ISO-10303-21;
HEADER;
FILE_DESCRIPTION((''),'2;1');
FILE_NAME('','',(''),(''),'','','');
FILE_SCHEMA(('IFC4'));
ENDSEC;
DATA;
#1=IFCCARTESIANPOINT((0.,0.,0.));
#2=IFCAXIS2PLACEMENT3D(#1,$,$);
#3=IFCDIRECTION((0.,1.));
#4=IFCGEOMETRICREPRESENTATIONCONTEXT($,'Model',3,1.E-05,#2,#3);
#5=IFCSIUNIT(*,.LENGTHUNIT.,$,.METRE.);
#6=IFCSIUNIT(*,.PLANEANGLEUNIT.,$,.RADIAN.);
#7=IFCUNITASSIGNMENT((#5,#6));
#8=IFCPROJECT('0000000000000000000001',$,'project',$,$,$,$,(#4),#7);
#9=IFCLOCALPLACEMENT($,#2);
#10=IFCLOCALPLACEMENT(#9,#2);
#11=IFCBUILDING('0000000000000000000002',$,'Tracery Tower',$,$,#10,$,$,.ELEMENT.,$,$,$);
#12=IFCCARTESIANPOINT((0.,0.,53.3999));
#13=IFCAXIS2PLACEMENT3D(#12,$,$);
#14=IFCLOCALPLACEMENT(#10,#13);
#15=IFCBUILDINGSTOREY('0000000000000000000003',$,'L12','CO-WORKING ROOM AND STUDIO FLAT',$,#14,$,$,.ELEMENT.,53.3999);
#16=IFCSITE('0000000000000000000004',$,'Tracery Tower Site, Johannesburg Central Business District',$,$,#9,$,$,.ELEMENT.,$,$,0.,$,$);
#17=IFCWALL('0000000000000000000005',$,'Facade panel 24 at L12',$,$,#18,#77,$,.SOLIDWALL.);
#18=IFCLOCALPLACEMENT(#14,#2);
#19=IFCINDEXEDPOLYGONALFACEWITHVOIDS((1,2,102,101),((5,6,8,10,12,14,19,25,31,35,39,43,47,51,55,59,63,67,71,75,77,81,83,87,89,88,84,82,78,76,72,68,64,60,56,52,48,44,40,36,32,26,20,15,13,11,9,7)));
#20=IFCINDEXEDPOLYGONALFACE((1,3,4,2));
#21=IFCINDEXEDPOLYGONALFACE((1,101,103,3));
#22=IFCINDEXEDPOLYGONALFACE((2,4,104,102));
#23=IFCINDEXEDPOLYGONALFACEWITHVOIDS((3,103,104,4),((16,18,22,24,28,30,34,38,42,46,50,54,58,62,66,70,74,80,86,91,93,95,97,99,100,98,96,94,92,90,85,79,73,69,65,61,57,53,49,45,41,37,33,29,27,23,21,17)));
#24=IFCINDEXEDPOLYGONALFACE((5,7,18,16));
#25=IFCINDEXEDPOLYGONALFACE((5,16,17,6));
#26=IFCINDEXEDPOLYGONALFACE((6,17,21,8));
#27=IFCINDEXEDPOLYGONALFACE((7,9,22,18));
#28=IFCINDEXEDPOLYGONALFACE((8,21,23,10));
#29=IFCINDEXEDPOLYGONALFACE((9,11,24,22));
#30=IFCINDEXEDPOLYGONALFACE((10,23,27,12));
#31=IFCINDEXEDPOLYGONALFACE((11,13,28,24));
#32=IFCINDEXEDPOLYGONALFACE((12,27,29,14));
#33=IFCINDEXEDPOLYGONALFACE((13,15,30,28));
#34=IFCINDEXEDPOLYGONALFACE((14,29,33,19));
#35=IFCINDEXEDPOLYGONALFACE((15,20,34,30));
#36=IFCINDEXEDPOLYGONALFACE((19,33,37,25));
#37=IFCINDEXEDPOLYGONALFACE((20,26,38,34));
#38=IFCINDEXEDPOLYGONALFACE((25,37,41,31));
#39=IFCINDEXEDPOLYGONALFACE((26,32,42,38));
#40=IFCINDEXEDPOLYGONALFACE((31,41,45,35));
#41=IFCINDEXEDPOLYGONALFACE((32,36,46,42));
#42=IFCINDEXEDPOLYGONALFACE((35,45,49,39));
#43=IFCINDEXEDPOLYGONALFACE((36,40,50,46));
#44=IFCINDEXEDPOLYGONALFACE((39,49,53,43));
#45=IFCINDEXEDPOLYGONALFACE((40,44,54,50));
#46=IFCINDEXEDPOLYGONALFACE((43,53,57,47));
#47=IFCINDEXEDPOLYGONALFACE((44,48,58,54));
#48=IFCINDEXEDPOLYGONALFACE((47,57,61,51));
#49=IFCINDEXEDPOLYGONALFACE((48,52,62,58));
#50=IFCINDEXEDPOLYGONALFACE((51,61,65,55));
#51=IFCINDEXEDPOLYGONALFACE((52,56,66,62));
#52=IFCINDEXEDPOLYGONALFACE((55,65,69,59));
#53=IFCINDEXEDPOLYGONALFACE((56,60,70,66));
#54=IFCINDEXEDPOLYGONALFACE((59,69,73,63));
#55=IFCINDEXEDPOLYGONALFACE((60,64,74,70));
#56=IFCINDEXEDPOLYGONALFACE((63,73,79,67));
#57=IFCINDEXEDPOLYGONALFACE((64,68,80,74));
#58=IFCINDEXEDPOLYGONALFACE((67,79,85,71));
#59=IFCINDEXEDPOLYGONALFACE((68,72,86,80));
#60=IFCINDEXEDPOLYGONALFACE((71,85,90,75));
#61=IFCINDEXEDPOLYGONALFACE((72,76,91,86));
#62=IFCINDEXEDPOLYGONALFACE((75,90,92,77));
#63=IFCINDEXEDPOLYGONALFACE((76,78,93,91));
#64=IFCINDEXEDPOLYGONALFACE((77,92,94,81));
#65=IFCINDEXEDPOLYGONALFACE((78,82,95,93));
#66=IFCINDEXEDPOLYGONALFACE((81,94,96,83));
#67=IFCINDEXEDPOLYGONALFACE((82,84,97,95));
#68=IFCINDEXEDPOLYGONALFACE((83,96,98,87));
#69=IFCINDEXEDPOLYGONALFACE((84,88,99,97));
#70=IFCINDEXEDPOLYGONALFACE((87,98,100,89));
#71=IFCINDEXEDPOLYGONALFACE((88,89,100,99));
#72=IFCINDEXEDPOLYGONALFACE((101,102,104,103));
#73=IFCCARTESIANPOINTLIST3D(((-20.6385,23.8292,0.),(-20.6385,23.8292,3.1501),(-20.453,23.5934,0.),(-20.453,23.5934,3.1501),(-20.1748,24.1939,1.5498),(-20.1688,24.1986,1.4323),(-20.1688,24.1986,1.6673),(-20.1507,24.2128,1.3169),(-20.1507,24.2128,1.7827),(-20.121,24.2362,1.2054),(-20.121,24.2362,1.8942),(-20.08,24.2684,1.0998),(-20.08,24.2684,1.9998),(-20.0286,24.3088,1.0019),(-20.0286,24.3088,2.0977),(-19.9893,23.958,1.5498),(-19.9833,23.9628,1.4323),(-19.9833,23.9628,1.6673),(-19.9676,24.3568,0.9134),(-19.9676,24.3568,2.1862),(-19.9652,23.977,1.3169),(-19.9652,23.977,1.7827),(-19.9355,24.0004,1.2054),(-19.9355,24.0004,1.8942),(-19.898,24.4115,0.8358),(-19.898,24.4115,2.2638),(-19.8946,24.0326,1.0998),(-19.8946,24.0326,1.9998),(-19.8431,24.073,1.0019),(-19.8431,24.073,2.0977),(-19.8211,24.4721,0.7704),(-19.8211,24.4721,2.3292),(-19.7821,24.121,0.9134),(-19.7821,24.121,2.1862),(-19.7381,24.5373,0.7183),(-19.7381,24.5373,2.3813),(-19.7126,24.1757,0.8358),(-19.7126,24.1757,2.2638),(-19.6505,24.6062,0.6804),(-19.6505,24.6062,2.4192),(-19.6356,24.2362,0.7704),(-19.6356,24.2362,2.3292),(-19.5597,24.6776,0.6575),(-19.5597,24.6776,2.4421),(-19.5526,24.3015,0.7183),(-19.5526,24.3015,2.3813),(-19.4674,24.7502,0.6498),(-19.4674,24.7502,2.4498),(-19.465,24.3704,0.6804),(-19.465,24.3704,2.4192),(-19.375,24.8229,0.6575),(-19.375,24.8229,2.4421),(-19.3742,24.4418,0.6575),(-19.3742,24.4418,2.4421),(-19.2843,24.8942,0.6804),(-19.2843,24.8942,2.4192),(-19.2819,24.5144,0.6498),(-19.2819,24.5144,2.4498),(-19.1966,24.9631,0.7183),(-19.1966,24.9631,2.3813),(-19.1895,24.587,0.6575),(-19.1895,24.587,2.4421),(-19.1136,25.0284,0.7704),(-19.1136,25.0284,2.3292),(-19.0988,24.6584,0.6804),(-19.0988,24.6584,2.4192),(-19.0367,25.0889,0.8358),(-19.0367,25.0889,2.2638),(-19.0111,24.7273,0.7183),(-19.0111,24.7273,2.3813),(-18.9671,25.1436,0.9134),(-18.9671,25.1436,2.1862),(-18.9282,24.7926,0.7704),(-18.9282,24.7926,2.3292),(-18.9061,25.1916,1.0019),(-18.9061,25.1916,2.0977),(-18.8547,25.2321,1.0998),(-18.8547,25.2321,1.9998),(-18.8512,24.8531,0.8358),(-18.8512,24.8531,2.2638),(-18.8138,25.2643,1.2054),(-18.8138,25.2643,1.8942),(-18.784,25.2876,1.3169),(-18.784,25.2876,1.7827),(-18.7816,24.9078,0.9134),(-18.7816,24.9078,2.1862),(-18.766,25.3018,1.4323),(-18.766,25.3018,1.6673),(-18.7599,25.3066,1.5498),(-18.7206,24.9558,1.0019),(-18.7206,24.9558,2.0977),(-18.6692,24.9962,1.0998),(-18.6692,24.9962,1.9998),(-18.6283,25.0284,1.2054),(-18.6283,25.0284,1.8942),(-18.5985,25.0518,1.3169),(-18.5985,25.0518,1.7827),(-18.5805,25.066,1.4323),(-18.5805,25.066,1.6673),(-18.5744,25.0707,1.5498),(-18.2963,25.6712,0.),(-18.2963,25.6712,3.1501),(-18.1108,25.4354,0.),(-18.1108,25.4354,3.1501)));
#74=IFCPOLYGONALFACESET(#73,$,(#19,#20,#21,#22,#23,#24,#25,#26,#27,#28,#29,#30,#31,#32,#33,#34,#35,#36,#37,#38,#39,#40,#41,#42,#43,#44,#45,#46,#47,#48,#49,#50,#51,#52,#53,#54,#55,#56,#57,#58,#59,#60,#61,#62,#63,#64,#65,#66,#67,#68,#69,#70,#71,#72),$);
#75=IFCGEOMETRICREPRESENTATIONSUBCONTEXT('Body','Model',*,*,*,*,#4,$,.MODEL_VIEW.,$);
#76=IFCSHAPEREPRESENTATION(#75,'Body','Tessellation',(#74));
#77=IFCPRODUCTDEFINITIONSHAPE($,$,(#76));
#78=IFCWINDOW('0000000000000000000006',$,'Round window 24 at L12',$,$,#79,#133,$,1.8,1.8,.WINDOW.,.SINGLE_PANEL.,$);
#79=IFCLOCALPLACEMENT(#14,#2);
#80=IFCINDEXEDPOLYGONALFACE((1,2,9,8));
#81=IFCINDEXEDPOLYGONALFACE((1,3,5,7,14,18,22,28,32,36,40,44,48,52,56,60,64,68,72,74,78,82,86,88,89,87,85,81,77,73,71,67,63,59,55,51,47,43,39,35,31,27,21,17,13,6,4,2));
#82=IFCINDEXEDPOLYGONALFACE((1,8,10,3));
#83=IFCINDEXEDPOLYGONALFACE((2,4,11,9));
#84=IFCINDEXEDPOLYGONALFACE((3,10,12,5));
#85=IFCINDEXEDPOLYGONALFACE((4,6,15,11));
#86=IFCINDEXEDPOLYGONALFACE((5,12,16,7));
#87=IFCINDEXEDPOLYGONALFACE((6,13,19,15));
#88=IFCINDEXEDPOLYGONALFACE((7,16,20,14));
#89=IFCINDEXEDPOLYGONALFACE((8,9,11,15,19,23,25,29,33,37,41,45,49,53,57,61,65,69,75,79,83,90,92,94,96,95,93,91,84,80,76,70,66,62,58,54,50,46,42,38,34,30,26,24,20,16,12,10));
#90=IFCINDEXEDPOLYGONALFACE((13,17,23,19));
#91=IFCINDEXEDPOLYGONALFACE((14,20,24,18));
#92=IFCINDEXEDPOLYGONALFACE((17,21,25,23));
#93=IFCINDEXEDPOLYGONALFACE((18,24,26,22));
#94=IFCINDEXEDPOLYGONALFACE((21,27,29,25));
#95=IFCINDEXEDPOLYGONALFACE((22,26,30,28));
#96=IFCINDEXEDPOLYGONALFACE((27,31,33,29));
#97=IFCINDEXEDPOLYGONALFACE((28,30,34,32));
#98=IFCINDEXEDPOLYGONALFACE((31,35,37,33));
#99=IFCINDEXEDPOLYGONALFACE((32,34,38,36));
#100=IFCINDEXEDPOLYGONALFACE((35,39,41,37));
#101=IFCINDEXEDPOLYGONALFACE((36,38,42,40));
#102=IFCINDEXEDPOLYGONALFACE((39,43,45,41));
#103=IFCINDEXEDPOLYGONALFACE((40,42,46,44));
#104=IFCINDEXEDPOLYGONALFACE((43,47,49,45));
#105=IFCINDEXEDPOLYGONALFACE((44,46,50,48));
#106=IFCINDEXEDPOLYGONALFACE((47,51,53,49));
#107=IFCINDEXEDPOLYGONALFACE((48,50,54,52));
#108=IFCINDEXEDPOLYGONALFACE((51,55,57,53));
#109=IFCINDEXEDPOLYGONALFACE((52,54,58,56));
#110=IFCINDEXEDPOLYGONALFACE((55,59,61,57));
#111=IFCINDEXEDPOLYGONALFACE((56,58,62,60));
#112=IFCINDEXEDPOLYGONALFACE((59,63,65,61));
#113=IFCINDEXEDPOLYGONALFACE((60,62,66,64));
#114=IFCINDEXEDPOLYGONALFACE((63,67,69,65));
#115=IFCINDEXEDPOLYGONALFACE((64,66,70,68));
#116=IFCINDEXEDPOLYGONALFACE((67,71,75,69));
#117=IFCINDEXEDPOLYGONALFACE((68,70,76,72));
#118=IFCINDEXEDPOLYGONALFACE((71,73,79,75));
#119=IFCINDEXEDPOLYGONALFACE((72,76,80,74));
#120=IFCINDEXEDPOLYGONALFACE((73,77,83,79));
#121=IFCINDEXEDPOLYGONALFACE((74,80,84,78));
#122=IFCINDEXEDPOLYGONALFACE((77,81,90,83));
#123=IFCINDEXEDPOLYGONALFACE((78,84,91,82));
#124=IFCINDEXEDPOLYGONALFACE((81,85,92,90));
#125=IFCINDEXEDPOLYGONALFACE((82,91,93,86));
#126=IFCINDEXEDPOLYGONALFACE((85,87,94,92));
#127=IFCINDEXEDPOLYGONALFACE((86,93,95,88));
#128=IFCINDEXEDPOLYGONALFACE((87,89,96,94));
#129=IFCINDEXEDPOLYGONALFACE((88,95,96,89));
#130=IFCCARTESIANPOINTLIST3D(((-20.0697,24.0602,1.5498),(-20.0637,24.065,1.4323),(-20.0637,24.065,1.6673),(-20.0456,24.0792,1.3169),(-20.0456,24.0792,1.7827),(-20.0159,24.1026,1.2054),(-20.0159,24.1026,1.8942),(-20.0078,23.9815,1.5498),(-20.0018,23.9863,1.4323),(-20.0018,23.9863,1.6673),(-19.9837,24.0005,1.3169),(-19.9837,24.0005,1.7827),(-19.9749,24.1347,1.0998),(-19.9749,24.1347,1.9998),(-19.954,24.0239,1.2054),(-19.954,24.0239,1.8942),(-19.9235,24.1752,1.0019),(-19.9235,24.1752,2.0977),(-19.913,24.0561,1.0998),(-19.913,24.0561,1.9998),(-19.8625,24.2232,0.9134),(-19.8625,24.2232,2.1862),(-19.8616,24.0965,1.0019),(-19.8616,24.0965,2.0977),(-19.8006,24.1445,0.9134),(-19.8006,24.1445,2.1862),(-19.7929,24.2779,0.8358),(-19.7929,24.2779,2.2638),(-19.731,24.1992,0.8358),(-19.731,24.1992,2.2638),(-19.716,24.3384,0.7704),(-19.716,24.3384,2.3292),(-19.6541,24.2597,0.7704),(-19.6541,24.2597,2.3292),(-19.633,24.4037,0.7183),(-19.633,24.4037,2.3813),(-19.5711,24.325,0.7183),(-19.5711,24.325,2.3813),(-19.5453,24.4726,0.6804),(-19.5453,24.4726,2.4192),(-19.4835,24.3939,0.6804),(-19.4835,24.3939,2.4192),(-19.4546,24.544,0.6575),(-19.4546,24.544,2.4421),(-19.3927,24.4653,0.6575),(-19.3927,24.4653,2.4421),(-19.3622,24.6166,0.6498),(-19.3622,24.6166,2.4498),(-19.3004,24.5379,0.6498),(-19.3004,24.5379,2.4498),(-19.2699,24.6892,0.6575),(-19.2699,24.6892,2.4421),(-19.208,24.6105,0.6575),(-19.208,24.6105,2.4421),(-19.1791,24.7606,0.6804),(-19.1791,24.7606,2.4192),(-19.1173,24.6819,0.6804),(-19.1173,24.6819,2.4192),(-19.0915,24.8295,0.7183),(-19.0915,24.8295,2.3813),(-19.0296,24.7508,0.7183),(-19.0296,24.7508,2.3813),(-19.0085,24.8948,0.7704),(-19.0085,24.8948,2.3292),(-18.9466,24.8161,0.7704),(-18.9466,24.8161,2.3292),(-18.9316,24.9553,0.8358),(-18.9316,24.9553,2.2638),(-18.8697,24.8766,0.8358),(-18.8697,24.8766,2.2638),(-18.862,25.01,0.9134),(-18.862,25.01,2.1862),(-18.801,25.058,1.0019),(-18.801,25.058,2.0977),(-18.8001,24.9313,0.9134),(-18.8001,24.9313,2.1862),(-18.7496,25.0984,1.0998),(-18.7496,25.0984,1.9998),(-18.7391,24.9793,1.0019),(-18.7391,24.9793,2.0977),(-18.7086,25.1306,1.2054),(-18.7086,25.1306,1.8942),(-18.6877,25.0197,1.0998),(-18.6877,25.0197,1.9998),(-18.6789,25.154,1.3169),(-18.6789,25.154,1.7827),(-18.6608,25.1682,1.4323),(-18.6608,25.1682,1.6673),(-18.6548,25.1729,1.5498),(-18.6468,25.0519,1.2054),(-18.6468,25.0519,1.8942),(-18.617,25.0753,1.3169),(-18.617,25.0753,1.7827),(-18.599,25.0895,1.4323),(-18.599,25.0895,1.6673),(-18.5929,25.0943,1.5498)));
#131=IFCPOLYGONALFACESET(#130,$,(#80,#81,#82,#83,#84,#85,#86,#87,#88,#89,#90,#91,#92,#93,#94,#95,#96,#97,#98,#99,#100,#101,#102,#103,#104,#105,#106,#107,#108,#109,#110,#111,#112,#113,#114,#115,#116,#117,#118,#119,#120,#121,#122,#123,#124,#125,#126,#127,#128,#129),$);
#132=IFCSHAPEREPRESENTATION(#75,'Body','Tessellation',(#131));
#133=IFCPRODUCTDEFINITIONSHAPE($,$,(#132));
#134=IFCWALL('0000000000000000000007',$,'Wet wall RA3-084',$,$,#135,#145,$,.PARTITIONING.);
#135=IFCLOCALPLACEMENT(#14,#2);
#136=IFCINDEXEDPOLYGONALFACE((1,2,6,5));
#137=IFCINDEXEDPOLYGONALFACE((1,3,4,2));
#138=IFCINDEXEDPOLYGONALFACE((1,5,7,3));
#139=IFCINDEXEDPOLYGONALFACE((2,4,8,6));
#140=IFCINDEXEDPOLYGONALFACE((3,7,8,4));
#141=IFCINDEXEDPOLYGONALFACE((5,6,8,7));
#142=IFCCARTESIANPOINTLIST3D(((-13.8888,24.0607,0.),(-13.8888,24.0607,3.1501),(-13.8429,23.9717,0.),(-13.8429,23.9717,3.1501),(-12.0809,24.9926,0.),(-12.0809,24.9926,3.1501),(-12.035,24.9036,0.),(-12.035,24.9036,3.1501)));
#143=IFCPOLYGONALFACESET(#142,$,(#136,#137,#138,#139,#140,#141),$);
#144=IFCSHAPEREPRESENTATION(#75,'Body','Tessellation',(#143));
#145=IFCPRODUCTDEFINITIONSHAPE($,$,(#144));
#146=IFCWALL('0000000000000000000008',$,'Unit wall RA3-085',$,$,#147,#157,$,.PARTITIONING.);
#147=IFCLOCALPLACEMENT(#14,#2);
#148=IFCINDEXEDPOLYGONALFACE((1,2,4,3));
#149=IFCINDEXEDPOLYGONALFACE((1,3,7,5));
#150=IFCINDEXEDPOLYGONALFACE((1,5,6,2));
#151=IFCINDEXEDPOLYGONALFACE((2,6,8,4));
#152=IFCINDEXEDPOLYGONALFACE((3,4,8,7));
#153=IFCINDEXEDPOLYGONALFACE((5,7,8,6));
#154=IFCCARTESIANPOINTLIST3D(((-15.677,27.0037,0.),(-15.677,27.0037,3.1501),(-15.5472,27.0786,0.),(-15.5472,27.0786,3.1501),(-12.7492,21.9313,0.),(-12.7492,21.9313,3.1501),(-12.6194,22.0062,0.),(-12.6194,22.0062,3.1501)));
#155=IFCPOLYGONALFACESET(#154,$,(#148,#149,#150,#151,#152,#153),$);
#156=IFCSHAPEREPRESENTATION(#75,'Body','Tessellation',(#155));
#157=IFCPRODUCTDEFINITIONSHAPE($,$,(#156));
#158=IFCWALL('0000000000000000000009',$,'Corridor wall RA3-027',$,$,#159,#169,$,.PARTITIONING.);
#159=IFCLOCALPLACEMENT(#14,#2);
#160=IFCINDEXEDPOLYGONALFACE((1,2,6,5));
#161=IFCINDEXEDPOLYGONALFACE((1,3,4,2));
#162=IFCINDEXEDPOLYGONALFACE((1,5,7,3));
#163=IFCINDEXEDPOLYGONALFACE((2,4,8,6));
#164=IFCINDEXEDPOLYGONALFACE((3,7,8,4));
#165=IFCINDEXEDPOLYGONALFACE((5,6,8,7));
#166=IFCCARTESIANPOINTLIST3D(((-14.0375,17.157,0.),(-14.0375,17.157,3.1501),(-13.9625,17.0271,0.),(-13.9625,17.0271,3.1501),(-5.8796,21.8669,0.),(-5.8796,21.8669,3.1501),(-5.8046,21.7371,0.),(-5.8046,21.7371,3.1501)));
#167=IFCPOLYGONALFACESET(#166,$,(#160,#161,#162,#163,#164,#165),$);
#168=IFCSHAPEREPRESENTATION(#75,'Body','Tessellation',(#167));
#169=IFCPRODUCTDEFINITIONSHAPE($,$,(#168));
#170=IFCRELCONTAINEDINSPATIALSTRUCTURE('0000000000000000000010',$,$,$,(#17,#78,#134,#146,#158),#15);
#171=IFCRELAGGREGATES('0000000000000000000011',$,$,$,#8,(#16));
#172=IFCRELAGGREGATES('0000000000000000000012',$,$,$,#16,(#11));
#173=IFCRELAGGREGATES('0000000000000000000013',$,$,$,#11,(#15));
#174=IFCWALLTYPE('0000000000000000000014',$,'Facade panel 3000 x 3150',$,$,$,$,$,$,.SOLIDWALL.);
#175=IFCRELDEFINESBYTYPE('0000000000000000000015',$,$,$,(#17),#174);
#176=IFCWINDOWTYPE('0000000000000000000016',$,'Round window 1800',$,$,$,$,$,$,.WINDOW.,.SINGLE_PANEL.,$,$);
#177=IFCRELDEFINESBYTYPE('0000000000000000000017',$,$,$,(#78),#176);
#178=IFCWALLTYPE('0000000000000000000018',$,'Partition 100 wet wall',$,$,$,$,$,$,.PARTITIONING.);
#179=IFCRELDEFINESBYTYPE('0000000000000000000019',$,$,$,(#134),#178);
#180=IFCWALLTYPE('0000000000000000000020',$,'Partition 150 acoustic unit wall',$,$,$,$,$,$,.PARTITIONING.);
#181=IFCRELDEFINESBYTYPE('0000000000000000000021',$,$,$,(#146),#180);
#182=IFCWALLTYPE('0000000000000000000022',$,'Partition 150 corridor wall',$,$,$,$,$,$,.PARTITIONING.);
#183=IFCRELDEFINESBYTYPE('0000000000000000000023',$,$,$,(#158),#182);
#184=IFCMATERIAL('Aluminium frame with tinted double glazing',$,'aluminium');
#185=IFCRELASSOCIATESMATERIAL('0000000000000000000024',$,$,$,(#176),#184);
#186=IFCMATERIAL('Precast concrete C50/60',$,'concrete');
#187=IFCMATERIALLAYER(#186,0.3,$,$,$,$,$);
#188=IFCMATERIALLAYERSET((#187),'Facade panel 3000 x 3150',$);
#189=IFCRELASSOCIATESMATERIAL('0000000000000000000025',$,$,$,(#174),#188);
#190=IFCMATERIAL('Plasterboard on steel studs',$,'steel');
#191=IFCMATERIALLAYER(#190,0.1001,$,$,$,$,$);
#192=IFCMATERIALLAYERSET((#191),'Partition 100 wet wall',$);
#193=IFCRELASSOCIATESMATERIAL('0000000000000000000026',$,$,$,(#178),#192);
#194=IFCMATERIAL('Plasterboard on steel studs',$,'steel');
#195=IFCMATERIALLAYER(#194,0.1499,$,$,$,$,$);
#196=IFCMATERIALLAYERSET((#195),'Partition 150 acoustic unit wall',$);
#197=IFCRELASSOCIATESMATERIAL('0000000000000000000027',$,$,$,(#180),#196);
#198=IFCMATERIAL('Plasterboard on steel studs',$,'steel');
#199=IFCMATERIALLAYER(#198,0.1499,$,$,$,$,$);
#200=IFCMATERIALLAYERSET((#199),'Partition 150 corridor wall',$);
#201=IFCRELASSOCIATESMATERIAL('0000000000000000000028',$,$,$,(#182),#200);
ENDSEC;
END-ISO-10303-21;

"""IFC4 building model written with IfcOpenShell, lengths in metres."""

from ifc_helpers import new_model, si_unit, direction, frame, frame_2d, origin, origin_2d, place, context, subcontext, project, spatial, rectangle, circle, extrude, material, layer, layer_set, type_object, element, fill, save


model = new_model("IFC4")

# Units and contexts
model_context = context("Model", 3, precision=1e-05, world=origin(), true_north=direction((0.0, 1.0)))
body_context = subcontext(model_context, "Body", "Model", "MODEL_VIEW")
ifc_project = project(units=[si_unit("LENGTHUNIT", "METRE"), si_unit("PLANEANGLEUNIT", "RADIAN")], contexts=[model_context])

# Site, building, storey
site_placement = place(None, origin())
site = spatial("IfcSite", under=ifc_project, at=site_placement, Name="Tracery Tower Site, Johannesburg Central Business District", CompositionType="ELEMENT", RefElevation=0.0)
building_placement = place(site_placement, origin())
building = spatial("IfcBuilding", under=site, at=building_placement, Name="Tracery Tower", CompositionType="ELEMENT")
storey_placement = place(building_placement, frame((0.0, 0.0, 53.3999)))
storey = spatial("IfcBuildingStorey", under=building, at=storey_placement, Name="L12", Description="CO-WORKING ROOM AND STUDIO FLAT", CompositionType="ELEMENT", Elevation=53.3999)

# Wall, opening, window
ifc_material_1 = material(Name="Aluminium frame with tinted double glazing", Category="aluminium")
window_type = type_object("IfcWindowType", Name="Round window 1800", PartitioningType="SINGLE_PANEL", PredefinedType="WINDOW", material=ifc_material_1)
ifc_material_2 = material(Name="Precast concrete C50/60", Category="concrete")
ifc_layer_1 = layer(ifc_material_2, 0.3)
ifc_layer_set_1 = layer_set([ifc_layer_1], Name="Facade panel 3000 x 3150")
wall_type_1 = type_object("IfcWallType", Name="Facade panel 3000 x 3150", PredefinedType="SOLIDWALL", material=ifc_layer_set_1)
wall_1_placement = place(storey_placement, frame((-18.2036, 25.5532, 0.0), z_axis=(0.0, 0.0, 1.0), x_axis=(-0.786045, -0.618169, 0.0)))
wall_1 = element("IfcWall", 1, at=wall_1_placement, inside=storey, type_object=wall_type_1, Name="Facade panel 24 at L12", PredefinedType="SOLIDWALL", context=body_context, shape_type="SweptSolid", body=[
    extrude(rectangle(XDim=2.9797, YDim=0.3, at=frame_2d((1.4897, 0.0))), origin(), (0.0, 0.0, 1.0), 3.1501),
])
opening_1_placement = place(wall_1_placement, frame((1.4897, 0.0, 1.5498)))
opening_1 = element("IfcOpeningElement", 2, at=opening_1_placement, cuts=wall_1, PredefinedType="OPENING", context=body_context, shape_type="SweptSolid", body=[
    extrude(circle(Radius=0.9, at=origin_2d()), frame((0.0, 0.1599, 0.0), z_axis=(0.0, -1.0, 0.0), x_axis=(1.0, 0.0, 0.0)), (0.0, 0.0, 1.0), 0.3201),
])
window_1_placement = place(opening_1_placement, origin())
window_1 = element("IfcWindow", 3, at=window_1_placement, inside=storey, type_object=window_type, Name="Round window 24 at L12", OverallHeight=1.8, OverallWidth=1.8, PartitioningType="SINGLE_PANEL", PredefinedType="WINDOW", context=body_context, shape_type="SweptSolid", body=[
    extrude(circle(Radius=0.9, at=origin_2d()), frame((0.0, 0.1201, 0.0), z_axis=(0.0, -1.0, 0.0), x_axis=(1.0, 0.0, 0.0)), (0.0, 0.0, 1.0), 0.1001),
])
fill(opening_1, window_1)

# Walls
ifc_material_3 = material(Name="Plasterboard on steel studs", Category="steel")
ifc_layer_2 = layer(ifc_material_3, 0.1001)
ifc_layer_set_2 = layer_set([ifc_layer_2], Name="Partition 100 wet wall")
wall_type_2 = type_object("IfcWallType", Name="Partition 100 wet wall", PredefinedType="PARTITIONING", material=ifc_layer_set_2)
wall_2_placement = place(storey_placement, frame((-13.866, 24.0161, 0.0), z_axis=(0.0, 0.0, 1.0), x_axis=(0.888862, 0.458175, 0.0)))
element("IfcWall", 4, at=wall_2_placement, inside=storey, type_object=wall_type_2, Name="Wet wall RA3-084", PredefinedType="PARTITIONING", context=body_context, shape_type="SweptSolid", body=[
    extrude(rectangle(XDim=2.0339, YDim=0.1001, at=frame_2d((1.0171, 0.0))), origin(), (0.0, 0.0, 1.0), 3.1501),
])
ifc_material_4 = material(Name="Plasterboard on steel studs", Category="steel")
ifc_layer_3 = layer(ifc_material_4, 0.1499)
ifc_layer_set_3 = layer_set([ifc_layer_3], Name="Partition 150 acoustic unit wall")
wall_type_3 = type_object("IfcWallType", Name="Partition 150 acoustic unit wall", PredefinedType="PARTITIONING", material=ifc_layer_set_3)
wall_3_placement = place(storey_placement, frame((-15.6121, 27.041, 0.0), z_axis=(0.0, 0.0, 1.0), x_axis=(0.499905, -0.86608, 0.0)))
element("IfcWall", 5, at=wall_3_placement, inside=storey, type_object=wall_type_3, Name="Unit wall RA3-085", PredefinedType="PARTITIONING", context=body_context, shape_type="SweptSolid", body=[
    extrude(rectangle(XDim=5.8567, YDim=0.1499, at=frame_2d((2.9282, 0.0))), origin(), (0.0, 0.0, 1.0), 3.1501),
])
ifc_material_5 = material(Name="Plasterboard on steel studs", Category="steel")
ifc_layer_4 = layer(ifc_material_5, 0.1499)
ifc_layer_set_4 = layer_set([ifc_layer_4], Name="Partition 150 corridor wall")
wall_type_4 = type_object("IfcWallType", Name="Partition 150 corridor wall", PredefinedType="PARTITIONING", material=ifc_layer_set_4)
wall_4_placement = place(storey_placement, frame((-14.0, 17.092, 0.0), z_axis=(0.0, 0.0, 1.0), x_axis=(0.866027, 0.499997, 0.0)))
element("IfcWall", 6, at=wall_4_placement, inside=storey, type_object=wall_type_4, Name="Corridor wall RA3-027", PredefinedType="PARTITIONING", context=body_context, shape_type="SweptSolid", body=[
    extrude(rectangle(XDim=9.4199, YDim=0.1499, at=frame_2d((4.71, 0.0))), origin(), (0.0, 0.0, 1.0), 3.1501),
])

save(model, "model.ifc")
